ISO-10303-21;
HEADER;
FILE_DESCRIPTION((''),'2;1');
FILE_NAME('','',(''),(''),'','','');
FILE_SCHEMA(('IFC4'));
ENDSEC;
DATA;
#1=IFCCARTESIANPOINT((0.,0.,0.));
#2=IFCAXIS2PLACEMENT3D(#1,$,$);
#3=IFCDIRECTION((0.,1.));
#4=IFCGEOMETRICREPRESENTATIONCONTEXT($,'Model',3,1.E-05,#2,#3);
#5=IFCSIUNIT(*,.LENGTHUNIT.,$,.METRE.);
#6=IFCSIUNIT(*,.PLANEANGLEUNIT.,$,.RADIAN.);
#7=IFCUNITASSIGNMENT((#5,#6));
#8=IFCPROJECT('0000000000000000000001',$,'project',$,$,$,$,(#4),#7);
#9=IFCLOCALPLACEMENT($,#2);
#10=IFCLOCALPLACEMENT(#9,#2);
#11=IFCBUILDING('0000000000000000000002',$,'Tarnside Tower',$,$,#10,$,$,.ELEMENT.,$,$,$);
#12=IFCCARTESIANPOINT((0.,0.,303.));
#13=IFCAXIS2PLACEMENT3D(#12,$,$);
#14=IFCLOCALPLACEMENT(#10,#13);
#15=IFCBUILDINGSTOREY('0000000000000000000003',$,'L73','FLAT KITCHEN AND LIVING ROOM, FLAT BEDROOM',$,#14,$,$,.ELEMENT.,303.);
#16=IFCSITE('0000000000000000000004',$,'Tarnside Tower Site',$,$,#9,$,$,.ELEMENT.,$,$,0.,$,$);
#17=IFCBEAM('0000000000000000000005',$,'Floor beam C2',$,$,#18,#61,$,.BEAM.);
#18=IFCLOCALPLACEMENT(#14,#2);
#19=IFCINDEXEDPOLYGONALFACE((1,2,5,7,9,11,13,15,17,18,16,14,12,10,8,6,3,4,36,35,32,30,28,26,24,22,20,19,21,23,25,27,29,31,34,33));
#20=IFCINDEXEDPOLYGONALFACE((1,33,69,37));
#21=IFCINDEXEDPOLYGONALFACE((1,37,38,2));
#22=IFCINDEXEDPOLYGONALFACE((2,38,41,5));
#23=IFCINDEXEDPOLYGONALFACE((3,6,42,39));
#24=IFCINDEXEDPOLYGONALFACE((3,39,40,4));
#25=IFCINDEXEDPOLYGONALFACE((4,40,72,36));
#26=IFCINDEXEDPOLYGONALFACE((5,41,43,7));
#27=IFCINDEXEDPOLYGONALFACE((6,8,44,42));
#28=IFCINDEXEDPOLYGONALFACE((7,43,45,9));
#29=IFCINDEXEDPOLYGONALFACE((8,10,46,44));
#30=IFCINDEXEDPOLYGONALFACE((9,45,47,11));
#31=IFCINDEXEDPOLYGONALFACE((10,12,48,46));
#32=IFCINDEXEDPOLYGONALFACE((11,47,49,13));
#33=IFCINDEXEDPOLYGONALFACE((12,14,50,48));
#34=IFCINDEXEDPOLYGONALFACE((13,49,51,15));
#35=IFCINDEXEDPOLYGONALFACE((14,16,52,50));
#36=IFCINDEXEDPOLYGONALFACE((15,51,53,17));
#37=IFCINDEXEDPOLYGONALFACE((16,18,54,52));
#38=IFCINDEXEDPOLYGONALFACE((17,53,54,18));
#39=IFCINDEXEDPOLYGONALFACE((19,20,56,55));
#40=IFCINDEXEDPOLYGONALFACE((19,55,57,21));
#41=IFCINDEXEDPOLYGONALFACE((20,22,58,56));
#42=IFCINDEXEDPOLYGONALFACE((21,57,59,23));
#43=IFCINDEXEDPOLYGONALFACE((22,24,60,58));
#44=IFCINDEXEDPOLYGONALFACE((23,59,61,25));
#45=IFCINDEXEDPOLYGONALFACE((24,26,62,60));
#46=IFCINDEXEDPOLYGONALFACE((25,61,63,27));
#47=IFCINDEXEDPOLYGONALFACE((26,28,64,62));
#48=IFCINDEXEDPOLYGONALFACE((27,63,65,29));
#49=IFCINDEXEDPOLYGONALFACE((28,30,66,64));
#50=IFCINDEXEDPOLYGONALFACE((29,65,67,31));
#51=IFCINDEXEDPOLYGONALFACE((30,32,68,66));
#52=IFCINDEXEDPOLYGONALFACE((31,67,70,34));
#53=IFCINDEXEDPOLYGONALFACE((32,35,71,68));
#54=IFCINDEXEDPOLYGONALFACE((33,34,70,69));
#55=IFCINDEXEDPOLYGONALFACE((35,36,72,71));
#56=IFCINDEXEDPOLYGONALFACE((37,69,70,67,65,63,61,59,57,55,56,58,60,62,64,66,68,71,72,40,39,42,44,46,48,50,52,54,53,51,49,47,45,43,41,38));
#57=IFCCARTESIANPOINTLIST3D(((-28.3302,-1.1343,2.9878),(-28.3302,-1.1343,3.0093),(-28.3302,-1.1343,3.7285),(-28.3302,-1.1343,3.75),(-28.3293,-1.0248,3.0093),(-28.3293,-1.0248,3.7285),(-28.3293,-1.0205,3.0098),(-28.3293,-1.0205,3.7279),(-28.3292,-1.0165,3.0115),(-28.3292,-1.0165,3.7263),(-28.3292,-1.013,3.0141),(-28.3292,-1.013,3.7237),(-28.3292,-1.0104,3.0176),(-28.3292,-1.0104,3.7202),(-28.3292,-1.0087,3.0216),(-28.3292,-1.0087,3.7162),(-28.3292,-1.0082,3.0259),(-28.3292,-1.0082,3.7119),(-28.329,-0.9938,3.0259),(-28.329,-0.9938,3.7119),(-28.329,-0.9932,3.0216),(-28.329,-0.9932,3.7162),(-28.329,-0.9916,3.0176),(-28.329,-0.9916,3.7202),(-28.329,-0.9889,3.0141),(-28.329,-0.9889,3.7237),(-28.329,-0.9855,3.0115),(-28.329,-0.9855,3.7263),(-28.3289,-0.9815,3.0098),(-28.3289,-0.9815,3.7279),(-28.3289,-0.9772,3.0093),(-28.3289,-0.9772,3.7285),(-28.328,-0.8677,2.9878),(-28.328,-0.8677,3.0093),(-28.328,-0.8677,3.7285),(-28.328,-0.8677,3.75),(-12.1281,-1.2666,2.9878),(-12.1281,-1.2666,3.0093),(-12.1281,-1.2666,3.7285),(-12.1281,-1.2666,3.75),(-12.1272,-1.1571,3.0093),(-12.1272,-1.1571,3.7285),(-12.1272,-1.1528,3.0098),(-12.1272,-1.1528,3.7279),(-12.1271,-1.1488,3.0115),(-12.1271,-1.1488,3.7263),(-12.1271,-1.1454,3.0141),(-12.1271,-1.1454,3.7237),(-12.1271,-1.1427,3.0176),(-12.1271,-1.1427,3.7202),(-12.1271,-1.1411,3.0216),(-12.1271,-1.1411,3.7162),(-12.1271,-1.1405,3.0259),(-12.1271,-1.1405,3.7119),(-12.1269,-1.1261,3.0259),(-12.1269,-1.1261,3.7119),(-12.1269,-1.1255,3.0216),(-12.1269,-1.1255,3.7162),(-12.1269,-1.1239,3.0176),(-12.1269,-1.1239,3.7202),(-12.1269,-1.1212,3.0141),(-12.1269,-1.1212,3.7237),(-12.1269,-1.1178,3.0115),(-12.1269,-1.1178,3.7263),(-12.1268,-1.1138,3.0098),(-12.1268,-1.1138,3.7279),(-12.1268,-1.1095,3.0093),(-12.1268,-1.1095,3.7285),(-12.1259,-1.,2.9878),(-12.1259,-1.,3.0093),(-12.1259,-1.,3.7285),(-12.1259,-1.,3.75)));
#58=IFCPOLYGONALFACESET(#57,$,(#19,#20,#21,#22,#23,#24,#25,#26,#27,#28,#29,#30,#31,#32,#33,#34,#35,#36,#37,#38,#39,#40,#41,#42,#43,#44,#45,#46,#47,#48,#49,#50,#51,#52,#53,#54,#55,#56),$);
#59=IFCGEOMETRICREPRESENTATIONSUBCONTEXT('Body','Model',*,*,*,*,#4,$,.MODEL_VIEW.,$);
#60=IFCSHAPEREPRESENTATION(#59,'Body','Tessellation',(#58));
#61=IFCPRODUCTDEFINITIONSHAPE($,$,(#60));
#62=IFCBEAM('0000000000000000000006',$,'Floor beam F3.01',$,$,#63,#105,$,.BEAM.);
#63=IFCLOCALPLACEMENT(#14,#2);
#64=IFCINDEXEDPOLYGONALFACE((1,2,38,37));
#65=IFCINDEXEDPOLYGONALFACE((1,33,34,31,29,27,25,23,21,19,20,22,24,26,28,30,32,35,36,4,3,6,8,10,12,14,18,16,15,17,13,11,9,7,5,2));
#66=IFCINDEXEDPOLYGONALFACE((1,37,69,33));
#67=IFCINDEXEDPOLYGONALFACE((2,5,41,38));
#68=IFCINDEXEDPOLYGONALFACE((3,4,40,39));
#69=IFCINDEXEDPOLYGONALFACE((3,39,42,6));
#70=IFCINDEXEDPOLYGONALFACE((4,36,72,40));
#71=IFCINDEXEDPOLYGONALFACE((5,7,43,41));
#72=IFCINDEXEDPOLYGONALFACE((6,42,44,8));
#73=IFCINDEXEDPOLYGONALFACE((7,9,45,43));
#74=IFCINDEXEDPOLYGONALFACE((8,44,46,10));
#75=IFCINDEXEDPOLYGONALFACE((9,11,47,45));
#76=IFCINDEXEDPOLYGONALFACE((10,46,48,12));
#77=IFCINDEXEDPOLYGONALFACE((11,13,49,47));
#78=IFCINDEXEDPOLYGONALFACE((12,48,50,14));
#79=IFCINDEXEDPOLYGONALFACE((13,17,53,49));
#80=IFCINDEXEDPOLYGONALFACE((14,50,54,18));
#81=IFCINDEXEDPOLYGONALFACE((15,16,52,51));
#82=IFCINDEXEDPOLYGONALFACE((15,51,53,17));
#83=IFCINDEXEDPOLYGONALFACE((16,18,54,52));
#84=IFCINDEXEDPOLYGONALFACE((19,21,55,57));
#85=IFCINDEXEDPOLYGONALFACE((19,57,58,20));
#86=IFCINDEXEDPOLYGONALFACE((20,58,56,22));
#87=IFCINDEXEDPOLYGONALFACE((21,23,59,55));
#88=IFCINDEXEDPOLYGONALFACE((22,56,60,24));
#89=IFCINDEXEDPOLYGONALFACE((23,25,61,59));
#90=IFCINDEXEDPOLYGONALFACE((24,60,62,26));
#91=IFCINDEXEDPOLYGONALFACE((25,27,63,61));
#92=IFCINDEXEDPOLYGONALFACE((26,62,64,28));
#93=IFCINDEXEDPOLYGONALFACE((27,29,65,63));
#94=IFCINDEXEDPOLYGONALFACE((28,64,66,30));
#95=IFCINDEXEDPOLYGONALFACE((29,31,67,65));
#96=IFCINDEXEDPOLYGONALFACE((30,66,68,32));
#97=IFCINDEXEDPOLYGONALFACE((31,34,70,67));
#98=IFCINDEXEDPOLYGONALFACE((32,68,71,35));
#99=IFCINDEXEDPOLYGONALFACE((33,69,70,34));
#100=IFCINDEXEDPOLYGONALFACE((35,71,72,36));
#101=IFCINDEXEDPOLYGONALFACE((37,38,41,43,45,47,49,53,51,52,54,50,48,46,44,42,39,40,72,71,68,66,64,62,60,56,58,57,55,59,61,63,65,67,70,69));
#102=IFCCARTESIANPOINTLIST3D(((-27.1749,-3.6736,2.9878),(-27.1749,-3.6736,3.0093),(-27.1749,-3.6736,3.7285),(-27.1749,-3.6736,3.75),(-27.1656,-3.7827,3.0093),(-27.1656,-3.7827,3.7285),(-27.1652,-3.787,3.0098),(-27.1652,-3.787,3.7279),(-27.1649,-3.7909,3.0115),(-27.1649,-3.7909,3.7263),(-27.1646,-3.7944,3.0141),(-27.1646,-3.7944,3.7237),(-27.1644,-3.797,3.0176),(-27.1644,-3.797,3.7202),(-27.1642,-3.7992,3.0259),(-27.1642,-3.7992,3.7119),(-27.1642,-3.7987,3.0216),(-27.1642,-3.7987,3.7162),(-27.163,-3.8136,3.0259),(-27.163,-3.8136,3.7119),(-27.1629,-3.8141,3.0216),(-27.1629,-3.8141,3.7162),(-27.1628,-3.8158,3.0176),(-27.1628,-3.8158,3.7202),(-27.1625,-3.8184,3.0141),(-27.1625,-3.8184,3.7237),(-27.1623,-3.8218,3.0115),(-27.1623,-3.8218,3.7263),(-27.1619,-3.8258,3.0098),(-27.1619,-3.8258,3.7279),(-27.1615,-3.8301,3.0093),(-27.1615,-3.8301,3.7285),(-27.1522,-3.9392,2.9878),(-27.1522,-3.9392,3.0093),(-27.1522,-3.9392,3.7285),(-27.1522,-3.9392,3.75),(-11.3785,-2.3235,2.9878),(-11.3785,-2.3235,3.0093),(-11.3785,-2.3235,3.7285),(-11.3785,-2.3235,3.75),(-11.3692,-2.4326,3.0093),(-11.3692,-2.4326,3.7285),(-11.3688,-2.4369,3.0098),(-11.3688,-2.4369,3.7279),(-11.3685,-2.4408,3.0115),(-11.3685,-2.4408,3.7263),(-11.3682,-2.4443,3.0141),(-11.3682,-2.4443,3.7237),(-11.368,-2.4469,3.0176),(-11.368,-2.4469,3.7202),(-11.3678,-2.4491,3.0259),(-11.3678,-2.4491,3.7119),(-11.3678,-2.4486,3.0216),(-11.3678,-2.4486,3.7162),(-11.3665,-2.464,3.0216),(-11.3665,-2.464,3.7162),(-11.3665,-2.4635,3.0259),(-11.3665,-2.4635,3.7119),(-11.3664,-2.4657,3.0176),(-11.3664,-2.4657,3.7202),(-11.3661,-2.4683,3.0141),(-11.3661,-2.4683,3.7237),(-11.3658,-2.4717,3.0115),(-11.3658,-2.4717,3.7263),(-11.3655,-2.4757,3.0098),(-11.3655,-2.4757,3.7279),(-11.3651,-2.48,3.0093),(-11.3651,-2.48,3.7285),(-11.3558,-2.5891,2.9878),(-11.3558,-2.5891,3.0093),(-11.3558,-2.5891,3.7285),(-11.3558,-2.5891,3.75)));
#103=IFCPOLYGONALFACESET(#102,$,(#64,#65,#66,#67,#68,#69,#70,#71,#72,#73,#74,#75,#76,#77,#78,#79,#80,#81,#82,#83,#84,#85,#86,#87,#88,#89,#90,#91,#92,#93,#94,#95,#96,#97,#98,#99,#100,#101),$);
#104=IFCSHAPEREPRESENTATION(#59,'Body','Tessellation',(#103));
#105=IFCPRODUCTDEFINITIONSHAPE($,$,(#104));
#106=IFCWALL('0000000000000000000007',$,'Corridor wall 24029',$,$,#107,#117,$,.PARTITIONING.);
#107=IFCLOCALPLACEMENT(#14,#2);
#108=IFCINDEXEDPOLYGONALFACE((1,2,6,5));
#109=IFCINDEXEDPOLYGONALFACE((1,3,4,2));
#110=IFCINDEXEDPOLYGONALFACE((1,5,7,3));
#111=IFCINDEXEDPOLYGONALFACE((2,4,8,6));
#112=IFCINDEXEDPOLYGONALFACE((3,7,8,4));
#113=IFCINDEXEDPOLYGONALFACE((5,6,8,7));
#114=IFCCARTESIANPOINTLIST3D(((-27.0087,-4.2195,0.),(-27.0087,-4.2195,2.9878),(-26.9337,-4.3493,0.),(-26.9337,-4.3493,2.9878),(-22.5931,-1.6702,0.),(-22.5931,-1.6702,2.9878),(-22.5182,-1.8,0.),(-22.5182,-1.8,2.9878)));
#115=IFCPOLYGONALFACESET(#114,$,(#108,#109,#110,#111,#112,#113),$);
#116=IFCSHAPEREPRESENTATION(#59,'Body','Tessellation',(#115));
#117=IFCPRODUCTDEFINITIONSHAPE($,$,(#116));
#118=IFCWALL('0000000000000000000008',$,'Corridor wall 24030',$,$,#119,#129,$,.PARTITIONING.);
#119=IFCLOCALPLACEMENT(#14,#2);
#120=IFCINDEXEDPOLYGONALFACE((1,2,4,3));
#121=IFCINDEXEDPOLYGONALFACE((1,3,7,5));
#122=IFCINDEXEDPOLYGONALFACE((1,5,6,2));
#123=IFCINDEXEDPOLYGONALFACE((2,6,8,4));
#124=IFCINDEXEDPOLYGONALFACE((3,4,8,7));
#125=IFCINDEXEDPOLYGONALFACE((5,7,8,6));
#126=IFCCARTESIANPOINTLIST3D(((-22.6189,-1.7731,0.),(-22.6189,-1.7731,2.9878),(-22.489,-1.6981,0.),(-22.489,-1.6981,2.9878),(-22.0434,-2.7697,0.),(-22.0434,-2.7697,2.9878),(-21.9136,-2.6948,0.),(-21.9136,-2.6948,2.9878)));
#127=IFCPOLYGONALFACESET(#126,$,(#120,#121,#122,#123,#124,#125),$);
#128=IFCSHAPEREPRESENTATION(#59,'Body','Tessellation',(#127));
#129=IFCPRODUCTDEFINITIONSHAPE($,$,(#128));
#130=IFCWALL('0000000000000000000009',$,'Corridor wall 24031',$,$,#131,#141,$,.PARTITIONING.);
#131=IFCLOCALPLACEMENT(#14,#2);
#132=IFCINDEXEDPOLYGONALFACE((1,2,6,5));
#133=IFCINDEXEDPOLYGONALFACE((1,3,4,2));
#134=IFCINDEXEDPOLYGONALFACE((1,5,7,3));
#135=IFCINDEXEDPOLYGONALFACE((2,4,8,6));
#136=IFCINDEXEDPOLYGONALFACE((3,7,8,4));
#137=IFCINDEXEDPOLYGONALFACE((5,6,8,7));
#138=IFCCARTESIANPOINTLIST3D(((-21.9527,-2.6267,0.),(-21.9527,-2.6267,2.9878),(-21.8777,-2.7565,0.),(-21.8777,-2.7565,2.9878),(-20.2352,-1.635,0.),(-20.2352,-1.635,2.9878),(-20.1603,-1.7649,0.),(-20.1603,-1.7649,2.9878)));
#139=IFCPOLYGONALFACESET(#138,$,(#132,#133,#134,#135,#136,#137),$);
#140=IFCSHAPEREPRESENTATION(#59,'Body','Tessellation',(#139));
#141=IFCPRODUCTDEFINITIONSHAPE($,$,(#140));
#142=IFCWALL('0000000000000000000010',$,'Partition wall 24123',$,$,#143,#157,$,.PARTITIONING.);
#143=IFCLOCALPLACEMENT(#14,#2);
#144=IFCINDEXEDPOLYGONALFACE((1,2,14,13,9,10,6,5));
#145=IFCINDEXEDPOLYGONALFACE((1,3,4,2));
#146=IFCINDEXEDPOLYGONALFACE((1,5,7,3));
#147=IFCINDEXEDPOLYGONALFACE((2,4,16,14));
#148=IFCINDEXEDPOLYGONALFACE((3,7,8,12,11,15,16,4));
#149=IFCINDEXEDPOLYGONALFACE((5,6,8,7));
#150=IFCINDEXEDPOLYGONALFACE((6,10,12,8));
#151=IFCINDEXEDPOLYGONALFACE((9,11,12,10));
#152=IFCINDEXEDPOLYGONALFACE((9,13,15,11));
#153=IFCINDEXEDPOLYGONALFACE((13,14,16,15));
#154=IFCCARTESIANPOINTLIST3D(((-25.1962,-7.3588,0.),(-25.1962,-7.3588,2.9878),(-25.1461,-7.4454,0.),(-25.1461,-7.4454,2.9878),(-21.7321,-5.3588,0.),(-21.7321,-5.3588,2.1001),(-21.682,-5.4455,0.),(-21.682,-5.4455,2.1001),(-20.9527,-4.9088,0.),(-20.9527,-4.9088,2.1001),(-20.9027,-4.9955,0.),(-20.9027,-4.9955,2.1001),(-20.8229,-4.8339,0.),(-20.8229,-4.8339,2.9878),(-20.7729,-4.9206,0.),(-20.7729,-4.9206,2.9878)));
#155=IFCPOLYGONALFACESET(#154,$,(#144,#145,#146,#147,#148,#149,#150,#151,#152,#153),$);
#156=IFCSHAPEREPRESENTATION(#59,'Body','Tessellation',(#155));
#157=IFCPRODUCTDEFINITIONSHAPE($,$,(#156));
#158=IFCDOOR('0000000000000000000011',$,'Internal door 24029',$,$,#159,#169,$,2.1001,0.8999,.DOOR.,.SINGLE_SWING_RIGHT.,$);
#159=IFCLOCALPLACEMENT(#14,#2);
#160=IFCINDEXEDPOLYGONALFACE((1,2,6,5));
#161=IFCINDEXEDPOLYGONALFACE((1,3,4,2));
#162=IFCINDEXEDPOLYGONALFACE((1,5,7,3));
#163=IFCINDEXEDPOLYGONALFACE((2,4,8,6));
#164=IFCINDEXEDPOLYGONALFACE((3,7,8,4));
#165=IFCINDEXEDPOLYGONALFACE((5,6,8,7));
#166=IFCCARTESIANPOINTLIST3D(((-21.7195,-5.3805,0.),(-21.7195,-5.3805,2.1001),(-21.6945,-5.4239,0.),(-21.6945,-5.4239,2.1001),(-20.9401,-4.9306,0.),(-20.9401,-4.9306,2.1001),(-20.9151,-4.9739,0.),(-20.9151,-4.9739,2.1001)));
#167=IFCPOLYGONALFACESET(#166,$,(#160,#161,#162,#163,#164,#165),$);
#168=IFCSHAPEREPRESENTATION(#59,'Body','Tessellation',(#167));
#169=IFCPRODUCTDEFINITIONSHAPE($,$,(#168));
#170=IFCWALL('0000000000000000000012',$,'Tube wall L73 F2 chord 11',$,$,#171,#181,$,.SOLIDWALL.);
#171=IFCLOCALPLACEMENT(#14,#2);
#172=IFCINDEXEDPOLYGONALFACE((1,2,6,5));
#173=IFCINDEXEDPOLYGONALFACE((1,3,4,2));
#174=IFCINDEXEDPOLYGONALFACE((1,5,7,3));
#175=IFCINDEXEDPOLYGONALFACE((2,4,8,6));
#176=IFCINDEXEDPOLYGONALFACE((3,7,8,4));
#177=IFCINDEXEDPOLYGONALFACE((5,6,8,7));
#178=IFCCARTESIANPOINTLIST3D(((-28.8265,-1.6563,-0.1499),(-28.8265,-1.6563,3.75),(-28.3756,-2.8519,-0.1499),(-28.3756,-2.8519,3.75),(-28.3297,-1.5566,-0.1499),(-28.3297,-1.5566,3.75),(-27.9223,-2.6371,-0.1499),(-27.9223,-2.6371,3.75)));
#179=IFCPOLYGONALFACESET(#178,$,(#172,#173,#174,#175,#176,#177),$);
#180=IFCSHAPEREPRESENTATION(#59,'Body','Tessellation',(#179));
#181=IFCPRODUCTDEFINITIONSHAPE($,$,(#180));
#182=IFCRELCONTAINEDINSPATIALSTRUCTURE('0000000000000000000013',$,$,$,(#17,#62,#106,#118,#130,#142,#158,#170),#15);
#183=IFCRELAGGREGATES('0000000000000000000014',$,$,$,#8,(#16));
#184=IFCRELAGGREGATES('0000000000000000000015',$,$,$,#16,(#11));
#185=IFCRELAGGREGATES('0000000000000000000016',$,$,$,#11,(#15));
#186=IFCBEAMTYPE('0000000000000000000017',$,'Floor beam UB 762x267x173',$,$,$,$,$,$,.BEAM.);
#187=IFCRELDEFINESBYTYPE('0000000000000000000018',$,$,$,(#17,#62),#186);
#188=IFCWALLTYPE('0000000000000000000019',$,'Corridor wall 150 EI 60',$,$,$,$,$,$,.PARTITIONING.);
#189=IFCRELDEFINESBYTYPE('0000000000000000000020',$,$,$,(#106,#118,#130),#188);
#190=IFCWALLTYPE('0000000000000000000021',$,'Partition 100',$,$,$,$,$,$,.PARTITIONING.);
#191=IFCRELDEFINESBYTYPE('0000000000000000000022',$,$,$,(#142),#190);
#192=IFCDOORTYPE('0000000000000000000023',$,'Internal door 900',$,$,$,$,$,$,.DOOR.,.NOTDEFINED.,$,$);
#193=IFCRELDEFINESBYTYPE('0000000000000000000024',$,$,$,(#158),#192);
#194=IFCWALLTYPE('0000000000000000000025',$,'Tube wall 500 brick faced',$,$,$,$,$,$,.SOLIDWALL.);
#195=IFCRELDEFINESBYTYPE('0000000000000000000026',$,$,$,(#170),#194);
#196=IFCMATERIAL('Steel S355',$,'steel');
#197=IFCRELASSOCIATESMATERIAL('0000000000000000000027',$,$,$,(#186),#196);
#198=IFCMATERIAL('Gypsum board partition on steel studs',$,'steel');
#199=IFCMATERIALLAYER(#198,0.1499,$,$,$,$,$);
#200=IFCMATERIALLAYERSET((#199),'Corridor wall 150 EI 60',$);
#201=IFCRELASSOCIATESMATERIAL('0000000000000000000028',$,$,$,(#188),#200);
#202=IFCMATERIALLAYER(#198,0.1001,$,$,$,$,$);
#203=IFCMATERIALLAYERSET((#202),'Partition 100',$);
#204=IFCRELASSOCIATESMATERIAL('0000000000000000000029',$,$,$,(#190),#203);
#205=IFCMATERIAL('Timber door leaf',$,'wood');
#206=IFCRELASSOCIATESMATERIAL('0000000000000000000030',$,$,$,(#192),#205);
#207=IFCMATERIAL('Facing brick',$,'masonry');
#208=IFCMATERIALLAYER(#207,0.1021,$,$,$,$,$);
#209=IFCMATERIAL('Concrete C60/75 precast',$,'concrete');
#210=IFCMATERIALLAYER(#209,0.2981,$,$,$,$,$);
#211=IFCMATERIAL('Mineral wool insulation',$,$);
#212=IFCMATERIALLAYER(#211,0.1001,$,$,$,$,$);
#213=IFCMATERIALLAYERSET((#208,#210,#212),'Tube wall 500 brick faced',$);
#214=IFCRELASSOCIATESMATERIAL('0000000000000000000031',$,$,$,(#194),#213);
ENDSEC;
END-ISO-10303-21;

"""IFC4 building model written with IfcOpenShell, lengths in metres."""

from ifc_helpers import new_model, si_unit, direction, frame, frame_2d, origin, origin_2d, place, context, subcontext, project, spatial, polyline, rectangle, i_section, outline, extrude, material, layer, layer_set, material_profile, profile_set, type_object, element, fill, save


model = new_model("IFC4")

# Units and contexts
model_context = context("Model", 3, precision=1e-05, world=origin(), true_north=direction((0.0, 1.0)))
body_context = subcontext(model_context, "Body", "Model", "MODEL_VIEW")
ifc_project = project(units=[si_unit("LENGTHUNIT", "METRE"), si_unit("PLANEANGLEUNIT", "RADIAN")], contexts=[model_context])

# Site, building, storey
site_placement = place(None, origin())
site = spatial("IfcSite", under=ifc_project, at=site_placement, Name="Tarnside Tower Site", CompositionType="ELEMENT", RefElevation=0.0)
building_placement = place(site_placement, origin())
building = spatial("IfcBuilding", under=site, at=building_placement, Name="Tarnside Tower", CompositionType="ELEMENT")
storey_placement = place(building_placement, frame((0.0, 0.0, 303.0)))
storey = spatial("IfcBuildingStorey", under=building, at=storey_placement, Name="L73", Description="FLAT KITCHEN AND LIVING ROOM, FLAT BEDROOM", CompositionType="ELEMENT", Elevation=303.0)

# Beams
ifc_material_1 = material(Name="Steel S355", Category="steel")
ifc_material_profile = material_profile(ifc_material_1, i_section(OverallWidth=0.2666, OverallDepth=0.7622, WebThickness=0.0144, FlangeThickness=0.0215, FilletRadius=0.0166, at=origin_2d()), Name="UB 762x267x173")
ifc_profile_set = profile_set([ifc_material_profile], Name="Steel S355")
beam_type = type_object("IfcBeamType", Name="Floor beam UB 762x267x173", PredefinedType="BEAM", material=ifc_profile_set)
beam_1_placement = place(storey_placement, frame((-28.3291, -1.001, 3.3689), z_axis=(0.999967, -0.008167, 0.0), x_axis=(0.008167, 0.999967, 0.0)))
element("IfcBeam", 1, at=beam_1_placement, inside=storey, type_object=beam_type, Name="Floor beam C2", PredefinedType="BEAM", context=body_context, shape_type="SweptSolid", body=[
    extrude(i_section(OverallWidth=0.2666, OverallDepth=0.7622, WebThickness=0.0144, FlangeThickness=0.0215, FilletRadius=0.0166, at=origin_2d()), origin(), (0.0, 0.0, 1.0), 16.2026),
])
beam_2_placement = place(storey_placement, frame((-27.1636, -3.8064, 3.3689), z_axis=(0.996367, 0.085158, 0.0), x_axis=(-0.085158, 0.996367, 0.0)))
element("IfcBeam", 2, at=beam_2_placement, inside=storey, type_object=beam_type, Name="Floor beam F3.01", PredefinedType="BEAM", context=body_context, shape_type="SweptSolid", body=[
    extrude(i_section(OverallWidth=0.2666, OverallDepth=0.7622, WebThickness=0.0144, FlangeThickness=0.0215, FilletRadius=0.0166, at=origin_2d()), origin(), (0.0, 0.0, 1.0), 15.854),
])

# Walls
ifc_material_2 = material(Name="Gypsum board partition on steel studs", Category="steel")
ifc_layer_1 = layer(ifc_material_2, 0.1499)
ifc_layer_set_1 = layer_set([ifc_layer_1], Name="Corridor wall 150 EI 60")
wall_type_1 = type_object("IfcWallType", Name="Corridor wall 150 EI 60", PredefinedType="PARTITIONING", material=ifc_layer_set_1)
wall_1_placement = place(storey_placement, frame((-26.9712, -4.2844, 0.0), z_axis=(0.0, 0.0, 1.0), x_axis=(0.866025, 0.500002, 0.0)))
element("IfcWall", 3, at=wall_1_placement, inside=storey, type_object=wall_type_1, Name="Corridor wall 24029", PredefinedType="PARTITIONING", context=body_context, shape_type="SweptSolid", body=[
    extrude(rectangle(XDim=5.0986, YDim=0.1499, at=frame_2d((2.5493, 0.0))), origin(), (0.0, 0.0, 1.0), 2.9878),
])
wall_2_placement = place(storey_placement, frame((-22.554, -1.7356, 0.0), z_axis=(0.0, 0.0, 1.0), x_axis=(0.500041, -0.866002, 0.0)))
element("IfcWall", 4, at=wall_2_placement, inside=storey, type_object=wall_type_1, Name="Corridor wall 24030", PredefinedType="PARTITIONING", context=body_context, shape_type="SweptSolid", body=[
    extrude(rectangle(XDim=1.1509, YDim=0.1499, at=frame_2d((0.5754, 0.0))), origin(), (0.0, 0.0, 1.0), 2.9878),
])
wall_3_placement = place(storey_placement, frame((-21.9153, -2.6917, 0.0), z_axis=(0.0, 0.0, 1.0), x_axis=(0.866007, 0.500031, 0.0)))
element("IfcWall", 5, at=wall_3_placement, inside=storey, type_object=wall_type_1, Name="Corridor wall 24031", PredefinedType="PARTITIONING", context=body_context, shape_type="SweptSolid", body=[
    extrude(rectangle(XDim=1.9832, YDim=0.1499, at=frame_2d((0.9917, 0.0))), origin(), (0.0, 0.0, 1.0), 2.9878),
])

# Wall, opening, door
ifc_layer_2 = layer(ifc_material_2, 0.1001)
ifc_layer_set_2 = layer_set([ifc_layer_2], Name="Partition 100")
wall_type_2 = type_object("IfcWallType", Name="Partition 100", PredefinedType="PARTITIONING", material=ifc_layer_set_2)
wall_4_placement = place(storey_placement, frame((-25.1711, -7.4021, 0.0), z_axis=(0.0, 0.0, 1.0), x_axis=(0.866027, 0.499997, 0.0)))
wall_4 = element("IfcWall", 6, at=wall_4_placement, inside=storey, type_object=wall_type_2, Name="Partition wall 24123", PredefinedType="PARTITIONING", context=body_context, shape_type="SweptSolid", body=[
    extrude(rectangle(XDim=5.0498, YDim=0.1001, at=frame_2d((2.5249, 0.0))), origin(), (0.0, 0.0, 1.0), 2.9878),
])
opening_1_placement = place(wall_4_placement, frame((4.0, 0.0, 0.0)))
opening_1 = element("IfcOpeningElement", 7, at=opening_1_placement, cuts=wall_4, PredefinedType="OPENING", context=body_context, shape_type="SweptSolid", body=[
    extrude(rectangle(XDim=0.8999, YDim=2.1001, at=frame_2d((0.45, 1.05))), frame((0.0, 0.0601, 0.0), z_axis=(0.0, -1.0, 0.0), x_axis=(1.0, 0.0, 0.0)), (0.0, 0.0, 1.0), 0.1201),
])
ifc_material_3 = material(Name="Timber door leaf", Category="wood")
door_type = type_object("IfcDoorType", Name="Internal door 900", OperationType="NOTDEFINED", PredefinedType="DOOR", material=ifc_material_3)
door_placement = place(opening_1_placement, origin())
door = element("IfcDoor", 8, at=door_placement, inside=storey, type_object=door_type, Name="Internal door 24029", OperationType="SINGLE_SWING_RIGHT", OverallHeight=2.1001, OverallWidth=0.8999, PredefinedType="DOOR", context=body_context, shape_type="SweptSolid", body=[
    extrude(rectangle(XDim=0.8999, YDim=2.1001, at=frame_2d((0.45, 1.05))), frame((0.0, 0.0249, 0.0), z_axis=(0.0, -1.0, 0.0), x_axis=(1.0, 0.0, 0.0)), (0.0, 0.0, 1.0), 0.05),
])
fill(opening_1, door)

# Wall
ifc_material_4 = material(Name="Facing brick", Category="masonry")
ifc_layer_3 = layer(ifc_material_4, 0.1021)
ifc_material_5 = material(Name="Concrete C60/75 precast", Category="concrete")
ifc_layer_4 = layer(ifc_material_5, 0.2981)
ifc_material_6 = material(Name="Mineral wool insulation")
ifc_layer_5 = layer(ifc_material_6, 0.1001)
ifc_layer_set_3 = layer_set([ifc_layer_3, ifc_layer_4, ifc_layer_5], Name="Tube wall 500 brick faced")
wall_type_3 = type_object("IfcWallType", Name="Tube wall 500 brick faced", PredefinedType="SOLIDWALL", material=ifc_layer_set_3)
wall_5_placement = place(storey_placement, frame((-28.5781, -1.6064, -0.1499), z_axis=(0.0, 0.0, 1.0), x_axis=(0.352838, -0.935684, 0.0)))
element("IfcWall", 9, at=wall_5_placement, inside=storey, type_object=wall_type_3, Name="Tube wall L73 F2 chord 11", PredefinedType="SOLIDWALL", context=body_context, shape_type="SweptSolid", body=[
    extrude(outline(polyline([(-0.041, -0.25), (1.2368, -0.25), (1.1958, 0.25), (0.041, 0.25), (-0.041, -0.25)])), origin(), (0.0, 0.0, 1.0), 3.8999),
])

save(model, "model.ifc")
